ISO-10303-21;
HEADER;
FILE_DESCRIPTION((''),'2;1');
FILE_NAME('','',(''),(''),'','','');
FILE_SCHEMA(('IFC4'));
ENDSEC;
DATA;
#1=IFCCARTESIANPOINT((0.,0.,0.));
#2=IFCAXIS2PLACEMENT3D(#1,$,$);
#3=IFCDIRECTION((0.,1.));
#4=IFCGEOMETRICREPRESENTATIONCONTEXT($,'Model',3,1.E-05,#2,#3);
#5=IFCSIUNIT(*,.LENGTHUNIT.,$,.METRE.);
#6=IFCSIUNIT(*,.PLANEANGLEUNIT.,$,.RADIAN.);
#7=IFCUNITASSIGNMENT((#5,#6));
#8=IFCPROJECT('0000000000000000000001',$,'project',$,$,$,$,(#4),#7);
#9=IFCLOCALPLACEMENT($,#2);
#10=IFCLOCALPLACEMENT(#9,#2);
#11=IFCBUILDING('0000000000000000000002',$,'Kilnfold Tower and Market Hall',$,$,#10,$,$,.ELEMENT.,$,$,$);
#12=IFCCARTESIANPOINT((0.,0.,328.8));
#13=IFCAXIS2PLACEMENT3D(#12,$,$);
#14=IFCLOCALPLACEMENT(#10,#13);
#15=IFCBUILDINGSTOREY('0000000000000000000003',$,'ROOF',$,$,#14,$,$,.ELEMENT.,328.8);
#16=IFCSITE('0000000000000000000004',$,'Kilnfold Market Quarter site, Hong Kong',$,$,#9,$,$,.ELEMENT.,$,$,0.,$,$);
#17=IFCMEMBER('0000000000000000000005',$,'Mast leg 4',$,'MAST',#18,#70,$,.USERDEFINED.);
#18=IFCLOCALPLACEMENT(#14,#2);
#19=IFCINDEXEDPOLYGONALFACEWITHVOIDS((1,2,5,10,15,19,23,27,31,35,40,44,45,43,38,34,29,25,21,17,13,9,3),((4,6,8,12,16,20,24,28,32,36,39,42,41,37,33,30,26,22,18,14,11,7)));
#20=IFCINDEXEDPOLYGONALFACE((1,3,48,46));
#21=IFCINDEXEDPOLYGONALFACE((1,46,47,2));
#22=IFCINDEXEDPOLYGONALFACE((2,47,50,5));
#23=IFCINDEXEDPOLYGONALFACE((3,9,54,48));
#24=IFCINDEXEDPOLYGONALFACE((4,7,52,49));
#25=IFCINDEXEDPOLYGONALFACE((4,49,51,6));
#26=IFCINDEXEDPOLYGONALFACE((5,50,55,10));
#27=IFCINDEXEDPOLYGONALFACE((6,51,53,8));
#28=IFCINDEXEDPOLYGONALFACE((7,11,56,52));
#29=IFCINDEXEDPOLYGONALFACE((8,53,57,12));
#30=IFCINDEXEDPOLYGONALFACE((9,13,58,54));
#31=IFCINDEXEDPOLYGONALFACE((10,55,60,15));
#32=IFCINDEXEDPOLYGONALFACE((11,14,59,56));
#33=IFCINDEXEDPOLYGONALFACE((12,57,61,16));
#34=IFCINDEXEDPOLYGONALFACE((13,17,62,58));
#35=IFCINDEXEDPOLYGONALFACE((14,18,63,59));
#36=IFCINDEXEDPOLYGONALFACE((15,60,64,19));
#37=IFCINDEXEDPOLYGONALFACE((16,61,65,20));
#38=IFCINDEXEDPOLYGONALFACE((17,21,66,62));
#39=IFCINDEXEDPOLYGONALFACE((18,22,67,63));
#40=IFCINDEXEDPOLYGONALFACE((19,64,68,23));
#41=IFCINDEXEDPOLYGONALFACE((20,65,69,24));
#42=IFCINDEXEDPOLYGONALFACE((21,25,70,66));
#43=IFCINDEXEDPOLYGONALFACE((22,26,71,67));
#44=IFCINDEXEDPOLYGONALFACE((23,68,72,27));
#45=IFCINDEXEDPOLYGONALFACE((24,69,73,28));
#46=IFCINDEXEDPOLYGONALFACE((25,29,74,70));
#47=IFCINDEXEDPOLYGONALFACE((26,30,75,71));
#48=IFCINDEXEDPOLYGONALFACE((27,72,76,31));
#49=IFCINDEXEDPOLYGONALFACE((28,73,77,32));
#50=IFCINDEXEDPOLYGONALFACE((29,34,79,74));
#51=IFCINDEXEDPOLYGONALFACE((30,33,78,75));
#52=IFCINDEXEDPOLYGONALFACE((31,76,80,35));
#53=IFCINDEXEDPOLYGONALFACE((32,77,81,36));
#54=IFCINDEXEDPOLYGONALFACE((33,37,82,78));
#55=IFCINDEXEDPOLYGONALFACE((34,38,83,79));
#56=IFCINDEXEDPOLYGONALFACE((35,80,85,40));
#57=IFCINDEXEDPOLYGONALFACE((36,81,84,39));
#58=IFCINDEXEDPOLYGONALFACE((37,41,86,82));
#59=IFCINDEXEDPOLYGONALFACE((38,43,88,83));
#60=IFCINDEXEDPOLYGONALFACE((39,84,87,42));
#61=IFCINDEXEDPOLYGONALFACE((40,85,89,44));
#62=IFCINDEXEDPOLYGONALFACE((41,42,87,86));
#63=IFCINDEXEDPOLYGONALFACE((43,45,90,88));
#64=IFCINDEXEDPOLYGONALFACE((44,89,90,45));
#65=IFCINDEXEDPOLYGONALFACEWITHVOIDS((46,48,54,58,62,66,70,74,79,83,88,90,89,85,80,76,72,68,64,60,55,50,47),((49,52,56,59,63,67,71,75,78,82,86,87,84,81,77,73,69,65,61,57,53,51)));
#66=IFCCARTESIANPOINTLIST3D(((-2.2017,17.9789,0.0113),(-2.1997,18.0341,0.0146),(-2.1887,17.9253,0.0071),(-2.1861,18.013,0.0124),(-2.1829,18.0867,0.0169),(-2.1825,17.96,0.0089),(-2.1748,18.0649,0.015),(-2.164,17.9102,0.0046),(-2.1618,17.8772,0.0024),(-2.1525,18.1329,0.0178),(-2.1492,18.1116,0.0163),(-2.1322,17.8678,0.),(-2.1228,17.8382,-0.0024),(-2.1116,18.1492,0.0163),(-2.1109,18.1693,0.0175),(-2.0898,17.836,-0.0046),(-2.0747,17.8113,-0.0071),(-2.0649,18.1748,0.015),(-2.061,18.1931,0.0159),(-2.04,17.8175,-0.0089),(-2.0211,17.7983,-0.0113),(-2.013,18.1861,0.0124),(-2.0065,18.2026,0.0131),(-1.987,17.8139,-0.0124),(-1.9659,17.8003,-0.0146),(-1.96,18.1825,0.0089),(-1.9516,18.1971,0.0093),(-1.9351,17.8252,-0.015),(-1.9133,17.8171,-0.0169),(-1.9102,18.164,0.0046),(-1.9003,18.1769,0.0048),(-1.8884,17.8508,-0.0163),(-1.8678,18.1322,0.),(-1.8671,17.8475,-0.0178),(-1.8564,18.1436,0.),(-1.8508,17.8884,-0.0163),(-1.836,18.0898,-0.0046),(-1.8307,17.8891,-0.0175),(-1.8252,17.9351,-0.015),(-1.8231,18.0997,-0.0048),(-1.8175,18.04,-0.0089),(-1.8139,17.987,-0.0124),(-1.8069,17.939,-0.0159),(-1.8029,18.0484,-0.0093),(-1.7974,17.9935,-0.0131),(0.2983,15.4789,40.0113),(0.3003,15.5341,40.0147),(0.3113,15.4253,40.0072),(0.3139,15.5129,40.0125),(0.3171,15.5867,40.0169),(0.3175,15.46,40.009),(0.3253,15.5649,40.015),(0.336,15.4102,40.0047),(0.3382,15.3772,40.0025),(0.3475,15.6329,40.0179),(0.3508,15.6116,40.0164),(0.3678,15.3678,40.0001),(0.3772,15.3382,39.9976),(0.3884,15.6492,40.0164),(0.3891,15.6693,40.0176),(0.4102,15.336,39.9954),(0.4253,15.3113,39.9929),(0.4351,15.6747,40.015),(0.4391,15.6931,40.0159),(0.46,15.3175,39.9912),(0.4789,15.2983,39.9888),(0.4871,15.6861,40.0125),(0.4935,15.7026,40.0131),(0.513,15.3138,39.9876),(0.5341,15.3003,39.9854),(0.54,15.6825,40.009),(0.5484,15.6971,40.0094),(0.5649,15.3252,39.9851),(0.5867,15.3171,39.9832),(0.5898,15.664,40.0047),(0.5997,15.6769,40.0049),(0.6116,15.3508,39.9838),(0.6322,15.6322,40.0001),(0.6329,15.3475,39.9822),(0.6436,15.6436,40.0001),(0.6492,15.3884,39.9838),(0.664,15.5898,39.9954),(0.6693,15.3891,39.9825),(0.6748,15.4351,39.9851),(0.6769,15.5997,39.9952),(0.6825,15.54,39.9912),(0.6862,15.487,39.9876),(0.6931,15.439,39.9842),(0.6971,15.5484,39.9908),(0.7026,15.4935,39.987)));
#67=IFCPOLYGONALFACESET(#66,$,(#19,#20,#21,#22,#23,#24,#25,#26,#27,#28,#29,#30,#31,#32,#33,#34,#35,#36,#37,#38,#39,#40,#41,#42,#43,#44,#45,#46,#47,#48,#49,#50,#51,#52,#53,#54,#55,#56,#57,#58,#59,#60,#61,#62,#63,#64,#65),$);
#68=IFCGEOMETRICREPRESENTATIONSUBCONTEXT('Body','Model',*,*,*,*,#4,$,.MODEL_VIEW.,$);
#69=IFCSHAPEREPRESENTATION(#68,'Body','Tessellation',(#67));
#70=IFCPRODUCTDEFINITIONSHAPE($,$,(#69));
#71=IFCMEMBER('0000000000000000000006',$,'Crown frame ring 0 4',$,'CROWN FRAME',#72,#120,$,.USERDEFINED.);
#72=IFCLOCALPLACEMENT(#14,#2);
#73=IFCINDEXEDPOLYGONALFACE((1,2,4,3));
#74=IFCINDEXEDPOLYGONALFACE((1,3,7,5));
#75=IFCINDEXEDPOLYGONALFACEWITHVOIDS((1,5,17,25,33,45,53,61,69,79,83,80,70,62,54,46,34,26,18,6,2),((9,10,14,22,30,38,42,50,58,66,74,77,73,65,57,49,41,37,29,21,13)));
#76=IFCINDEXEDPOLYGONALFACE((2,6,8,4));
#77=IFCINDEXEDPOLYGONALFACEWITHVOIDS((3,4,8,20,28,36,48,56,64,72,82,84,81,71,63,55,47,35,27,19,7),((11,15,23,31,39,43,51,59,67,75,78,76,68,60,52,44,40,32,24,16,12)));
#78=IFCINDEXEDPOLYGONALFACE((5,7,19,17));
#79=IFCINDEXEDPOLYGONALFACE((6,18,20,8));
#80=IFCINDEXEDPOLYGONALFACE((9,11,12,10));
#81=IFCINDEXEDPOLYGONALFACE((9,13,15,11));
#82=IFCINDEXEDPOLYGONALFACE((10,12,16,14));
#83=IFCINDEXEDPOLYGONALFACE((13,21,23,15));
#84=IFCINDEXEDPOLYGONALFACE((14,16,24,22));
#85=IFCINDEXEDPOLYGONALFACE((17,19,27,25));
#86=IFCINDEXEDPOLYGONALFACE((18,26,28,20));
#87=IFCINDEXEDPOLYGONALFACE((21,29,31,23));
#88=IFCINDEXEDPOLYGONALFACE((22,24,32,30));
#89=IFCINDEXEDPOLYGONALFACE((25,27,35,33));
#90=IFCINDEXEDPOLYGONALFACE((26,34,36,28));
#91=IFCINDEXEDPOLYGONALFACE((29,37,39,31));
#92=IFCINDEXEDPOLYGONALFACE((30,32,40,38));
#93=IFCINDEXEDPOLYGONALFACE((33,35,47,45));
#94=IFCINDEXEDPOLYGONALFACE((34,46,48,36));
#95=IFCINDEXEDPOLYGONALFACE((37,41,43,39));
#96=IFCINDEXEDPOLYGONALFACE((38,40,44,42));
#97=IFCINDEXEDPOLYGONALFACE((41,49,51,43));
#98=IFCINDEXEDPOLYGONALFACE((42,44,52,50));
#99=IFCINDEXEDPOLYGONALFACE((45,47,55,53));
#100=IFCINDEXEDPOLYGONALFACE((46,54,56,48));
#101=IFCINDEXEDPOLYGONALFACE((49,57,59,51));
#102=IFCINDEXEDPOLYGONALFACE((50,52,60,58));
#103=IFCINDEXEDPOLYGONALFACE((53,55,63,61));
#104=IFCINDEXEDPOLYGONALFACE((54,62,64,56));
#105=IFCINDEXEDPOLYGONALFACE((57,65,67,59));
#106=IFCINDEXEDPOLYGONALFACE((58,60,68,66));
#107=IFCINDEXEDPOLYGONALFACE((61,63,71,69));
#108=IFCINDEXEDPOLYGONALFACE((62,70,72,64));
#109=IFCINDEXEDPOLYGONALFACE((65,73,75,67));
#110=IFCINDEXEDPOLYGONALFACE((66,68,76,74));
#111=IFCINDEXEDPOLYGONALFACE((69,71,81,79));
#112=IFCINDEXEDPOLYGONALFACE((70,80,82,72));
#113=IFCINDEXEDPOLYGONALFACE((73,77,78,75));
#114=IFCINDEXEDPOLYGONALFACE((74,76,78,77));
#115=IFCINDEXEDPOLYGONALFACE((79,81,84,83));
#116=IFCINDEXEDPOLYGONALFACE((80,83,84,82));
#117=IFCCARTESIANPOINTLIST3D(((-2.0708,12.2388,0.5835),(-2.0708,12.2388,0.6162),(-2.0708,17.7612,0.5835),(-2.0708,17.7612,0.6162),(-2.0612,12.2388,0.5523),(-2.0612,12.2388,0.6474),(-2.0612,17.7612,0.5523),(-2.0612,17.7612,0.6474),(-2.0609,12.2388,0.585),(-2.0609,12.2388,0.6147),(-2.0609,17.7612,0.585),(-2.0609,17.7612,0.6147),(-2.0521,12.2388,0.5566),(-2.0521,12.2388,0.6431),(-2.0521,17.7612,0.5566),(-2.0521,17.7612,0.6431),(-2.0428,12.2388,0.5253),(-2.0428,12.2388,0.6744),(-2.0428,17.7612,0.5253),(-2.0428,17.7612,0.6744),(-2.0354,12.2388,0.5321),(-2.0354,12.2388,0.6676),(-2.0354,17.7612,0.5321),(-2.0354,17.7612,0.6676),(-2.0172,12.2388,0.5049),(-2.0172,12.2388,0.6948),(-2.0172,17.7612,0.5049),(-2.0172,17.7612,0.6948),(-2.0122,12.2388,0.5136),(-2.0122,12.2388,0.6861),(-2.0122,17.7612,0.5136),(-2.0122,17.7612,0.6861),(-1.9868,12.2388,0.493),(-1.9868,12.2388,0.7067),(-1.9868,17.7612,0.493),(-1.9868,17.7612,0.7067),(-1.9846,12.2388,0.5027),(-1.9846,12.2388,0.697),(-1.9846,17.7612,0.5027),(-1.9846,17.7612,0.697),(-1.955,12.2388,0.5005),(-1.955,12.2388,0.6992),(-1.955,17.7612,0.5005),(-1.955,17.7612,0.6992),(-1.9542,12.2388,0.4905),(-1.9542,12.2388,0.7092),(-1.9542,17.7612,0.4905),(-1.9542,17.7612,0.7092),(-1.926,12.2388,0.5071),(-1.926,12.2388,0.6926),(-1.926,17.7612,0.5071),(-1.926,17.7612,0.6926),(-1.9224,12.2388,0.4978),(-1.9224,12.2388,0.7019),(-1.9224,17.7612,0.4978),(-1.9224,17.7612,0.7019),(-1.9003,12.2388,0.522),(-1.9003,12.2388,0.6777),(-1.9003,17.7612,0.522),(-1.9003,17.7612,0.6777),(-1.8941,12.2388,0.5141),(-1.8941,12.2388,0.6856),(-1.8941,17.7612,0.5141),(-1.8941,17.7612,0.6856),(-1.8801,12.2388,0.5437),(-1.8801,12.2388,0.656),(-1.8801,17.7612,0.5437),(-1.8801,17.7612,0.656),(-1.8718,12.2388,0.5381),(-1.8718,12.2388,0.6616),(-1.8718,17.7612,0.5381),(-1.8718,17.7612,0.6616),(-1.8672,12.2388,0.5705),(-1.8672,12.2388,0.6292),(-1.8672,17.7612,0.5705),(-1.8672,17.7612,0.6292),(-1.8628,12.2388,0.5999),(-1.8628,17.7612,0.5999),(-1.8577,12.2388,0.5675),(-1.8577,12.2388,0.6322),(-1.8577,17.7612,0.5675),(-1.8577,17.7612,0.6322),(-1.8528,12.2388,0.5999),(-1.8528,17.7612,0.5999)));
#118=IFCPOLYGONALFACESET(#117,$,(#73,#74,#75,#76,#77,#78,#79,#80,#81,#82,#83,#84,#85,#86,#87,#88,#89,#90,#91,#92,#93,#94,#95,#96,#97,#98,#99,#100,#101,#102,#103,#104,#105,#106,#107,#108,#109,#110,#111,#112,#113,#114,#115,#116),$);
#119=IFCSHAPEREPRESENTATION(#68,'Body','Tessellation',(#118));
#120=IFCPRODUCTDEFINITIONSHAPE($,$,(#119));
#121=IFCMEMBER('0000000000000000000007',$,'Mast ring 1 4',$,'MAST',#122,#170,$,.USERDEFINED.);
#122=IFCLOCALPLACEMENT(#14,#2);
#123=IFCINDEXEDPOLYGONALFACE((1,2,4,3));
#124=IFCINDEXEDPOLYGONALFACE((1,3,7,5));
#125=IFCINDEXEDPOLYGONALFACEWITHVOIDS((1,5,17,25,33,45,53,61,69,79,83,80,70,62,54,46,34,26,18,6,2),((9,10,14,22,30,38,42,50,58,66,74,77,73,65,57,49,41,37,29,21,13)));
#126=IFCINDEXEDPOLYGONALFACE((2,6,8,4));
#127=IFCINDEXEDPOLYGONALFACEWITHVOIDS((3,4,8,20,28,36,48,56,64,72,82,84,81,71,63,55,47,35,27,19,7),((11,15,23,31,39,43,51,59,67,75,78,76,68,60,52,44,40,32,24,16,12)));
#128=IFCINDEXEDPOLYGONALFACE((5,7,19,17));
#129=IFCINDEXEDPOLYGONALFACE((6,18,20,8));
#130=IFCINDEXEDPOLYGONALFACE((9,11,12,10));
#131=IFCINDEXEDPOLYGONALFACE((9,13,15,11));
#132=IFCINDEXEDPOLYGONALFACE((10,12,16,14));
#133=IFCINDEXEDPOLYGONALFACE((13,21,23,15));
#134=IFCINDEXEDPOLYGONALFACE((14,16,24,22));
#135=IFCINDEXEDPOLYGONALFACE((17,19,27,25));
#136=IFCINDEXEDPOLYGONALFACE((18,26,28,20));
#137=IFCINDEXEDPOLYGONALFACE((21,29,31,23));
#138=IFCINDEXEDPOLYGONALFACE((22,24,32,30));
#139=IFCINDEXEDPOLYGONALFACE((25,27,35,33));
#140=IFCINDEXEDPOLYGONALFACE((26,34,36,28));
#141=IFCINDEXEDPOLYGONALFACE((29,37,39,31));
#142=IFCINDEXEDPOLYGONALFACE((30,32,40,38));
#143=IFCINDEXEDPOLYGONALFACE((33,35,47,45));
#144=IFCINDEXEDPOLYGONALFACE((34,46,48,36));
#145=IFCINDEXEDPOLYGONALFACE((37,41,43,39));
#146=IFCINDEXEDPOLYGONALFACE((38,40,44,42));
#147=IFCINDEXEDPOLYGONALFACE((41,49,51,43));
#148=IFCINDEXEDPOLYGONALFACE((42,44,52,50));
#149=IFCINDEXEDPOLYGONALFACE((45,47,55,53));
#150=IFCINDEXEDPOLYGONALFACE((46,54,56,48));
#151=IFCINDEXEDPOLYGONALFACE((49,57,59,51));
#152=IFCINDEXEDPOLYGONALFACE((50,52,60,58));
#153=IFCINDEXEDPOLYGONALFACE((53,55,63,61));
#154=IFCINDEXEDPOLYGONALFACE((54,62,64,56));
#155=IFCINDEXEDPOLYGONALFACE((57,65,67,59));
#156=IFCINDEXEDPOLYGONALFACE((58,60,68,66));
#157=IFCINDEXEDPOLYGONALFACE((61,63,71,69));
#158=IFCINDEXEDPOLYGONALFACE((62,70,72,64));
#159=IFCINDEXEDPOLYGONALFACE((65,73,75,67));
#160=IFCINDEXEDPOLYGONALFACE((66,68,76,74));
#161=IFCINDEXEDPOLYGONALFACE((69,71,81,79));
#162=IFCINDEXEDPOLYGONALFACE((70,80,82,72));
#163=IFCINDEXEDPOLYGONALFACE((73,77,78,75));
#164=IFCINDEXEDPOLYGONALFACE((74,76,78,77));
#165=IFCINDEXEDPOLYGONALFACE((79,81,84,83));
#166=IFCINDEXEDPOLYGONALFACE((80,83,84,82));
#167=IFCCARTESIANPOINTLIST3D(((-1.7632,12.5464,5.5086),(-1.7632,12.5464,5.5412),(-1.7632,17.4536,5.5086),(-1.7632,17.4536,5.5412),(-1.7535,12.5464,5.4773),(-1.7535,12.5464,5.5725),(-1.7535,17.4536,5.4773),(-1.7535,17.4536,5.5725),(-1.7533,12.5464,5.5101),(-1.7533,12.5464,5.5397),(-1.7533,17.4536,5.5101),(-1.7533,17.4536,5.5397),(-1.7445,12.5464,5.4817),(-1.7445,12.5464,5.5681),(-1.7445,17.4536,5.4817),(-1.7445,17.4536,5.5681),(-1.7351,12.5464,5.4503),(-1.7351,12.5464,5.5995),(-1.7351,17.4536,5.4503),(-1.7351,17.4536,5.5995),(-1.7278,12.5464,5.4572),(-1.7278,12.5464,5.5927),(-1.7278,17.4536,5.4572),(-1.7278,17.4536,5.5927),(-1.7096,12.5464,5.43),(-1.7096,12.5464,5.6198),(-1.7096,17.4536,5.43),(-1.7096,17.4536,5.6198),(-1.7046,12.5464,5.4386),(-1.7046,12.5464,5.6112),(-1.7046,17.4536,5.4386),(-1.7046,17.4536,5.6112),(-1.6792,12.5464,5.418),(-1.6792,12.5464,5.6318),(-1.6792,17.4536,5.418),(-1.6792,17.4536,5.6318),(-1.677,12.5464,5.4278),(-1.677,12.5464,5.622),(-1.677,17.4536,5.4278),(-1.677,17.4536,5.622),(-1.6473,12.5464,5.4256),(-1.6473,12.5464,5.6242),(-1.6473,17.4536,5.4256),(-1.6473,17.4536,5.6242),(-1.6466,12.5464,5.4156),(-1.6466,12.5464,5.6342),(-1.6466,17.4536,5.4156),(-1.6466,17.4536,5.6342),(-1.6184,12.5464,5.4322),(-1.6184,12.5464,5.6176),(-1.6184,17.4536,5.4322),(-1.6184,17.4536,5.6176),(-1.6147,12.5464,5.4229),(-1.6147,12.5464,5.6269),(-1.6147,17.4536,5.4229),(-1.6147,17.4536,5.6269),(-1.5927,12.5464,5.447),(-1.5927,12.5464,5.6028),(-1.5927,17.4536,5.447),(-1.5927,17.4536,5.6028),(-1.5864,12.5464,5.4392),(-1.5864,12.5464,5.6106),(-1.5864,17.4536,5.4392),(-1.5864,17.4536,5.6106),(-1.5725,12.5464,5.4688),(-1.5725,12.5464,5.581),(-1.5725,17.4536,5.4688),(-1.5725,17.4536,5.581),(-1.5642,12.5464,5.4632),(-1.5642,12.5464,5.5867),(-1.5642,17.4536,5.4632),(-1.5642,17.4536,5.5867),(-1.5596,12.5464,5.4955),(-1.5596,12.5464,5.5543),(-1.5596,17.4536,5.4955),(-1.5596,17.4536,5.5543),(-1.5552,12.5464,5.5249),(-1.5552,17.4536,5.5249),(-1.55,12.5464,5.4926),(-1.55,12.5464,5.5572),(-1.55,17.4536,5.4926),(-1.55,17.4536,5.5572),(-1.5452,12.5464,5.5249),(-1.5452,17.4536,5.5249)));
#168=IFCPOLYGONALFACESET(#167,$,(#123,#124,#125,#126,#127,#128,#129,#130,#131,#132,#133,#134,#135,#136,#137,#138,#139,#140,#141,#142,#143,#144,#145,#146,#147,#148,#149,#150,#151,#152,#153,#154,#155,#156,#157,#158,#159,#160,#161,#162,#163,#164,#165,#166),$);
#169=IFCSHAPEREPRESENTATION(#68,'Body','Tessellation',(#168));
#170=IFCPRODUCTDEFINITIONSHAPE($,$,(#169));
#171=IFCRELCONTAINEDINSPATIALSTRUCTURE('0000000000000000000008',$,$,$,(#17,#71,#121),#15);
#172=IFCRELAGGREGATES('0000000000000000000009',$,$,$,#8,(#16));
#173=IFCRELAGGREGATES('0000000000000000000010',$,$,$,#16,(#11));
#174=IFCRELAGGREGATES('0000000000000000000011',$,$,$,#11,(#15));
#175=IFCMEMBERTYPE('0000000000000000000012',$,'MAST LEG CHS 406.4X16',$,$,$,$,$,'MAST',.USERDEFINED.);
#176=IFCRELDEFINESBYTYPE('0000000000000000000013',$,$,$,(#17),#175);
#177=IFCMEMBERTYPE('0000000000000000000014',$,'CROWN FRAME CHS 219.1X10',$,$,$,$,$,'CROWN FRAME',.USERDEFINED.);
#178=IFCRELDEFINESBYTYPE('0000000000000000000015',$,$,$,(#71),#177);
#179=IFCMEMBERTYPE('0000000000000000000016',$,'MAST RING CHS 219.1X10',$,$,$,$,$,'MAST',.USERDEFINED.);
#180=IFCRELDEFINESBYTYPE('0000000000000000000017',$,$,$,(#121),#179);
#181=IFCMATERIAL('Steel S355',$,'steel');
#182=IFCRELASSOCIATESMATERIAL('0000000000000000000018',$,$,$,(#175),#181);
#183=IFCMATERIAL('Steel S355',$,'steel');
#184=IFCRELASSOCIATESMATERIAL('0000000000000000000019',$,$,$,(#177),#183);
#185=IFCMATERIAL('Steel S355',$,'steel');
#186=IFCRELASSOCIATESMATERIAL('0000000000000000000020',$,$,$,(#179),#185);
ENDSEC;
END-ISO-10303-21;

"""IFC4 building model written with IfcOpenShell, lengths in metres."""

from ifc_helpers import new_model, si_unit, direction, frame, origin, origin_2d, place, context, subcontext, project, spatial, hollow_circle, extrude, source, transform, mapped, material, material_profile, profile_set, type_object, element, save


model = new_model("IFC4")

# Units and contexts
model_context = context("Model", 3, precision=1e-05, world=origin(), true_north=direction((0.0, 1.0)))
body_context = subcontext(model_context, "Body", "Model", "MODEL_VIEW")
ifc_project = project(units=[si_unit("LENGTHUNIT", "METRE"), si_unit("PLANEANGLEUNIT", "RADIAN")], contexts=[model_context])

# Site, building, storey
site_placement = place(None, origin())
site = spatial("IfcSite", under=ifc_project, at=site_placement, Name="Kilnfold Market Quarter site, Hong Kong", CompositionType="ELEMENT", RefElevation=0.0)
building_placement = place(site_placement, origin())
building = spatial("IfcBuilding", under=site, at=building_placement, Name="Kilnfold Tower and Market Hall", CompositionType="ELEMENT")
storey_placement = place(building_placement, frame((0.0, 0.0, 328.8)))
storey = spatial("IfcBuildingStorey", under=building, at=storey_placement, Name="ROOF", CompositionType="ELEMENT", Elevation=328.8)

# Members
ifc_material_1 = material(Name="Steel S355", Category="steel")
ifc_material_profile_1 = material_profile(ifc_material_1, hollow_circle(Radius=0.2031, WallThickness=0.0161, at=origin_2d()), Name="CHS 406.4x16")
ifc_profile_set_1 = profile_set([ifc_material_profile_1], Name="Steel S355")
member_type_1 = type_object("IfcMemberType", Name="MAST LEG CHS 406.4X16", ElementType="MAST", PredefinedType="USERDEFINED", material=ifc_profile_set_1)
shared_shape_1 = source(origin(), body_context, "Body", "SweptSolid", [
    extrude(hollow_circle(Radius=0.2031, WallThickness=0.0161, at=origin_2d()), origin(), (0.0, 0.0, 1.0), 40.156),
])
member_1_placement = place(storey_placement, frame((-2.0, 18.0, 0.0), z_axis=(0.062257, -0.062257, 0.996116), x_axis=(0.707107, 0.707107, 0.0)))
element("IfcMember", 1, at=member_1_placement, inside=storey, type_object=member_type_1, Name="Mast leg 4", ObjectType="MAST", PredefinedType="USERDEFINED", context=body_context, shape_type="MappedRepresentation", body=[
    mapped(shared_shape_1, transform((0.0, 0.0, 0.0))),
])
ifc_material_2 = material(Name="Steel S355", Category="steel")
ifc_material_profile_2 = material_profile(ifc_material_2, hollow_circle(Radius=0.1096, WallThickness=0.01, at=origin_2d()), Name="CHS 219.1x10")
ifc_profile_set_2 = profile_set([ifc_material_profile_2], Name="Steel S355")
member_type_2 = type_object("IfcMemberType", Name="CROWN FRAME CHS 219.1X10", ElementType="CROWN FRAME", PredefinedType="USERDEFINED", material=ifc_profile_set_2)
shared_shape_2 = source(origin(), body_context, "Body", "SweptSolid", [
    extrude(hollow_circle(Radius=0.1096, WallThickness=0.01, at=origin_2d()), origin(), (0.0, 0.0, 1.0), 5.5225),
])
member_2_placement = place(storey_placement, frame((-1.9624, 17.7612, 0.5999), z_axis=(0.0, -1.0, 0.0), x_axis=(1.0, 0.0, 0.0)))
element("IfcMember", 2, at=member_2_placement, inside=storey, type_object=member_type_2, Name="Crown frame ring 0 4", ObjectType="CROWN FRAME", PredefinedType="USERDEFINED", context=body_context, shape_type="MappedRepresentation", body=[
    mapped(shared_shape_2, transform((0.0, 0.0, 0.0))),
])
ifc_material_3 = material(Name="Steel S355", Category="steel")
ifc_material_profile_3 = material_profile(ifc_material_3, hollow_circle(Radius=0.1096, WallThickness=0.01, at=origin_2d()), Name="CHS 219.1x10")
ifc_profile_set_3 = profile_set([ifc_material_profile_3], Name="Steel S355")
member_type_3 = type_object("IfcMemberType", Name="MAST RING CHS 219.1X10", ElementType="MAST", PredefinedType="USERDEFINED", material=ifc_profile_set_3)
shared_shape_3 = source(origin(), body_context, "Body", "SweptSolid", [
    extrude(hollow_circle(Radius=0.1096, WallThickness=0.01, at=origin_2d()), origin(), (0.0, 0.0, 1.0), 4.9072),
])
member_3_placement = place(storey_placement, frame((-1.6548, 17.4536, 5.5249), z_axis=(0.0, -1.0, 0.0), x_axis=(1.0, 0.0, 0.0)))
element("IfcMember", 3, at=member_3_placement, inside=storey, type_object=member_type_3, Name="Mast ring 1 4", ObjectType="MAST", PredefinedType="USERDEFINED", context=body_context, shape_type="MappedRepresentation", body=[
    mapped(shared_shape_3, transform((0.0, 0.0, 0.0))),
])

save(model, "model.ifc")
